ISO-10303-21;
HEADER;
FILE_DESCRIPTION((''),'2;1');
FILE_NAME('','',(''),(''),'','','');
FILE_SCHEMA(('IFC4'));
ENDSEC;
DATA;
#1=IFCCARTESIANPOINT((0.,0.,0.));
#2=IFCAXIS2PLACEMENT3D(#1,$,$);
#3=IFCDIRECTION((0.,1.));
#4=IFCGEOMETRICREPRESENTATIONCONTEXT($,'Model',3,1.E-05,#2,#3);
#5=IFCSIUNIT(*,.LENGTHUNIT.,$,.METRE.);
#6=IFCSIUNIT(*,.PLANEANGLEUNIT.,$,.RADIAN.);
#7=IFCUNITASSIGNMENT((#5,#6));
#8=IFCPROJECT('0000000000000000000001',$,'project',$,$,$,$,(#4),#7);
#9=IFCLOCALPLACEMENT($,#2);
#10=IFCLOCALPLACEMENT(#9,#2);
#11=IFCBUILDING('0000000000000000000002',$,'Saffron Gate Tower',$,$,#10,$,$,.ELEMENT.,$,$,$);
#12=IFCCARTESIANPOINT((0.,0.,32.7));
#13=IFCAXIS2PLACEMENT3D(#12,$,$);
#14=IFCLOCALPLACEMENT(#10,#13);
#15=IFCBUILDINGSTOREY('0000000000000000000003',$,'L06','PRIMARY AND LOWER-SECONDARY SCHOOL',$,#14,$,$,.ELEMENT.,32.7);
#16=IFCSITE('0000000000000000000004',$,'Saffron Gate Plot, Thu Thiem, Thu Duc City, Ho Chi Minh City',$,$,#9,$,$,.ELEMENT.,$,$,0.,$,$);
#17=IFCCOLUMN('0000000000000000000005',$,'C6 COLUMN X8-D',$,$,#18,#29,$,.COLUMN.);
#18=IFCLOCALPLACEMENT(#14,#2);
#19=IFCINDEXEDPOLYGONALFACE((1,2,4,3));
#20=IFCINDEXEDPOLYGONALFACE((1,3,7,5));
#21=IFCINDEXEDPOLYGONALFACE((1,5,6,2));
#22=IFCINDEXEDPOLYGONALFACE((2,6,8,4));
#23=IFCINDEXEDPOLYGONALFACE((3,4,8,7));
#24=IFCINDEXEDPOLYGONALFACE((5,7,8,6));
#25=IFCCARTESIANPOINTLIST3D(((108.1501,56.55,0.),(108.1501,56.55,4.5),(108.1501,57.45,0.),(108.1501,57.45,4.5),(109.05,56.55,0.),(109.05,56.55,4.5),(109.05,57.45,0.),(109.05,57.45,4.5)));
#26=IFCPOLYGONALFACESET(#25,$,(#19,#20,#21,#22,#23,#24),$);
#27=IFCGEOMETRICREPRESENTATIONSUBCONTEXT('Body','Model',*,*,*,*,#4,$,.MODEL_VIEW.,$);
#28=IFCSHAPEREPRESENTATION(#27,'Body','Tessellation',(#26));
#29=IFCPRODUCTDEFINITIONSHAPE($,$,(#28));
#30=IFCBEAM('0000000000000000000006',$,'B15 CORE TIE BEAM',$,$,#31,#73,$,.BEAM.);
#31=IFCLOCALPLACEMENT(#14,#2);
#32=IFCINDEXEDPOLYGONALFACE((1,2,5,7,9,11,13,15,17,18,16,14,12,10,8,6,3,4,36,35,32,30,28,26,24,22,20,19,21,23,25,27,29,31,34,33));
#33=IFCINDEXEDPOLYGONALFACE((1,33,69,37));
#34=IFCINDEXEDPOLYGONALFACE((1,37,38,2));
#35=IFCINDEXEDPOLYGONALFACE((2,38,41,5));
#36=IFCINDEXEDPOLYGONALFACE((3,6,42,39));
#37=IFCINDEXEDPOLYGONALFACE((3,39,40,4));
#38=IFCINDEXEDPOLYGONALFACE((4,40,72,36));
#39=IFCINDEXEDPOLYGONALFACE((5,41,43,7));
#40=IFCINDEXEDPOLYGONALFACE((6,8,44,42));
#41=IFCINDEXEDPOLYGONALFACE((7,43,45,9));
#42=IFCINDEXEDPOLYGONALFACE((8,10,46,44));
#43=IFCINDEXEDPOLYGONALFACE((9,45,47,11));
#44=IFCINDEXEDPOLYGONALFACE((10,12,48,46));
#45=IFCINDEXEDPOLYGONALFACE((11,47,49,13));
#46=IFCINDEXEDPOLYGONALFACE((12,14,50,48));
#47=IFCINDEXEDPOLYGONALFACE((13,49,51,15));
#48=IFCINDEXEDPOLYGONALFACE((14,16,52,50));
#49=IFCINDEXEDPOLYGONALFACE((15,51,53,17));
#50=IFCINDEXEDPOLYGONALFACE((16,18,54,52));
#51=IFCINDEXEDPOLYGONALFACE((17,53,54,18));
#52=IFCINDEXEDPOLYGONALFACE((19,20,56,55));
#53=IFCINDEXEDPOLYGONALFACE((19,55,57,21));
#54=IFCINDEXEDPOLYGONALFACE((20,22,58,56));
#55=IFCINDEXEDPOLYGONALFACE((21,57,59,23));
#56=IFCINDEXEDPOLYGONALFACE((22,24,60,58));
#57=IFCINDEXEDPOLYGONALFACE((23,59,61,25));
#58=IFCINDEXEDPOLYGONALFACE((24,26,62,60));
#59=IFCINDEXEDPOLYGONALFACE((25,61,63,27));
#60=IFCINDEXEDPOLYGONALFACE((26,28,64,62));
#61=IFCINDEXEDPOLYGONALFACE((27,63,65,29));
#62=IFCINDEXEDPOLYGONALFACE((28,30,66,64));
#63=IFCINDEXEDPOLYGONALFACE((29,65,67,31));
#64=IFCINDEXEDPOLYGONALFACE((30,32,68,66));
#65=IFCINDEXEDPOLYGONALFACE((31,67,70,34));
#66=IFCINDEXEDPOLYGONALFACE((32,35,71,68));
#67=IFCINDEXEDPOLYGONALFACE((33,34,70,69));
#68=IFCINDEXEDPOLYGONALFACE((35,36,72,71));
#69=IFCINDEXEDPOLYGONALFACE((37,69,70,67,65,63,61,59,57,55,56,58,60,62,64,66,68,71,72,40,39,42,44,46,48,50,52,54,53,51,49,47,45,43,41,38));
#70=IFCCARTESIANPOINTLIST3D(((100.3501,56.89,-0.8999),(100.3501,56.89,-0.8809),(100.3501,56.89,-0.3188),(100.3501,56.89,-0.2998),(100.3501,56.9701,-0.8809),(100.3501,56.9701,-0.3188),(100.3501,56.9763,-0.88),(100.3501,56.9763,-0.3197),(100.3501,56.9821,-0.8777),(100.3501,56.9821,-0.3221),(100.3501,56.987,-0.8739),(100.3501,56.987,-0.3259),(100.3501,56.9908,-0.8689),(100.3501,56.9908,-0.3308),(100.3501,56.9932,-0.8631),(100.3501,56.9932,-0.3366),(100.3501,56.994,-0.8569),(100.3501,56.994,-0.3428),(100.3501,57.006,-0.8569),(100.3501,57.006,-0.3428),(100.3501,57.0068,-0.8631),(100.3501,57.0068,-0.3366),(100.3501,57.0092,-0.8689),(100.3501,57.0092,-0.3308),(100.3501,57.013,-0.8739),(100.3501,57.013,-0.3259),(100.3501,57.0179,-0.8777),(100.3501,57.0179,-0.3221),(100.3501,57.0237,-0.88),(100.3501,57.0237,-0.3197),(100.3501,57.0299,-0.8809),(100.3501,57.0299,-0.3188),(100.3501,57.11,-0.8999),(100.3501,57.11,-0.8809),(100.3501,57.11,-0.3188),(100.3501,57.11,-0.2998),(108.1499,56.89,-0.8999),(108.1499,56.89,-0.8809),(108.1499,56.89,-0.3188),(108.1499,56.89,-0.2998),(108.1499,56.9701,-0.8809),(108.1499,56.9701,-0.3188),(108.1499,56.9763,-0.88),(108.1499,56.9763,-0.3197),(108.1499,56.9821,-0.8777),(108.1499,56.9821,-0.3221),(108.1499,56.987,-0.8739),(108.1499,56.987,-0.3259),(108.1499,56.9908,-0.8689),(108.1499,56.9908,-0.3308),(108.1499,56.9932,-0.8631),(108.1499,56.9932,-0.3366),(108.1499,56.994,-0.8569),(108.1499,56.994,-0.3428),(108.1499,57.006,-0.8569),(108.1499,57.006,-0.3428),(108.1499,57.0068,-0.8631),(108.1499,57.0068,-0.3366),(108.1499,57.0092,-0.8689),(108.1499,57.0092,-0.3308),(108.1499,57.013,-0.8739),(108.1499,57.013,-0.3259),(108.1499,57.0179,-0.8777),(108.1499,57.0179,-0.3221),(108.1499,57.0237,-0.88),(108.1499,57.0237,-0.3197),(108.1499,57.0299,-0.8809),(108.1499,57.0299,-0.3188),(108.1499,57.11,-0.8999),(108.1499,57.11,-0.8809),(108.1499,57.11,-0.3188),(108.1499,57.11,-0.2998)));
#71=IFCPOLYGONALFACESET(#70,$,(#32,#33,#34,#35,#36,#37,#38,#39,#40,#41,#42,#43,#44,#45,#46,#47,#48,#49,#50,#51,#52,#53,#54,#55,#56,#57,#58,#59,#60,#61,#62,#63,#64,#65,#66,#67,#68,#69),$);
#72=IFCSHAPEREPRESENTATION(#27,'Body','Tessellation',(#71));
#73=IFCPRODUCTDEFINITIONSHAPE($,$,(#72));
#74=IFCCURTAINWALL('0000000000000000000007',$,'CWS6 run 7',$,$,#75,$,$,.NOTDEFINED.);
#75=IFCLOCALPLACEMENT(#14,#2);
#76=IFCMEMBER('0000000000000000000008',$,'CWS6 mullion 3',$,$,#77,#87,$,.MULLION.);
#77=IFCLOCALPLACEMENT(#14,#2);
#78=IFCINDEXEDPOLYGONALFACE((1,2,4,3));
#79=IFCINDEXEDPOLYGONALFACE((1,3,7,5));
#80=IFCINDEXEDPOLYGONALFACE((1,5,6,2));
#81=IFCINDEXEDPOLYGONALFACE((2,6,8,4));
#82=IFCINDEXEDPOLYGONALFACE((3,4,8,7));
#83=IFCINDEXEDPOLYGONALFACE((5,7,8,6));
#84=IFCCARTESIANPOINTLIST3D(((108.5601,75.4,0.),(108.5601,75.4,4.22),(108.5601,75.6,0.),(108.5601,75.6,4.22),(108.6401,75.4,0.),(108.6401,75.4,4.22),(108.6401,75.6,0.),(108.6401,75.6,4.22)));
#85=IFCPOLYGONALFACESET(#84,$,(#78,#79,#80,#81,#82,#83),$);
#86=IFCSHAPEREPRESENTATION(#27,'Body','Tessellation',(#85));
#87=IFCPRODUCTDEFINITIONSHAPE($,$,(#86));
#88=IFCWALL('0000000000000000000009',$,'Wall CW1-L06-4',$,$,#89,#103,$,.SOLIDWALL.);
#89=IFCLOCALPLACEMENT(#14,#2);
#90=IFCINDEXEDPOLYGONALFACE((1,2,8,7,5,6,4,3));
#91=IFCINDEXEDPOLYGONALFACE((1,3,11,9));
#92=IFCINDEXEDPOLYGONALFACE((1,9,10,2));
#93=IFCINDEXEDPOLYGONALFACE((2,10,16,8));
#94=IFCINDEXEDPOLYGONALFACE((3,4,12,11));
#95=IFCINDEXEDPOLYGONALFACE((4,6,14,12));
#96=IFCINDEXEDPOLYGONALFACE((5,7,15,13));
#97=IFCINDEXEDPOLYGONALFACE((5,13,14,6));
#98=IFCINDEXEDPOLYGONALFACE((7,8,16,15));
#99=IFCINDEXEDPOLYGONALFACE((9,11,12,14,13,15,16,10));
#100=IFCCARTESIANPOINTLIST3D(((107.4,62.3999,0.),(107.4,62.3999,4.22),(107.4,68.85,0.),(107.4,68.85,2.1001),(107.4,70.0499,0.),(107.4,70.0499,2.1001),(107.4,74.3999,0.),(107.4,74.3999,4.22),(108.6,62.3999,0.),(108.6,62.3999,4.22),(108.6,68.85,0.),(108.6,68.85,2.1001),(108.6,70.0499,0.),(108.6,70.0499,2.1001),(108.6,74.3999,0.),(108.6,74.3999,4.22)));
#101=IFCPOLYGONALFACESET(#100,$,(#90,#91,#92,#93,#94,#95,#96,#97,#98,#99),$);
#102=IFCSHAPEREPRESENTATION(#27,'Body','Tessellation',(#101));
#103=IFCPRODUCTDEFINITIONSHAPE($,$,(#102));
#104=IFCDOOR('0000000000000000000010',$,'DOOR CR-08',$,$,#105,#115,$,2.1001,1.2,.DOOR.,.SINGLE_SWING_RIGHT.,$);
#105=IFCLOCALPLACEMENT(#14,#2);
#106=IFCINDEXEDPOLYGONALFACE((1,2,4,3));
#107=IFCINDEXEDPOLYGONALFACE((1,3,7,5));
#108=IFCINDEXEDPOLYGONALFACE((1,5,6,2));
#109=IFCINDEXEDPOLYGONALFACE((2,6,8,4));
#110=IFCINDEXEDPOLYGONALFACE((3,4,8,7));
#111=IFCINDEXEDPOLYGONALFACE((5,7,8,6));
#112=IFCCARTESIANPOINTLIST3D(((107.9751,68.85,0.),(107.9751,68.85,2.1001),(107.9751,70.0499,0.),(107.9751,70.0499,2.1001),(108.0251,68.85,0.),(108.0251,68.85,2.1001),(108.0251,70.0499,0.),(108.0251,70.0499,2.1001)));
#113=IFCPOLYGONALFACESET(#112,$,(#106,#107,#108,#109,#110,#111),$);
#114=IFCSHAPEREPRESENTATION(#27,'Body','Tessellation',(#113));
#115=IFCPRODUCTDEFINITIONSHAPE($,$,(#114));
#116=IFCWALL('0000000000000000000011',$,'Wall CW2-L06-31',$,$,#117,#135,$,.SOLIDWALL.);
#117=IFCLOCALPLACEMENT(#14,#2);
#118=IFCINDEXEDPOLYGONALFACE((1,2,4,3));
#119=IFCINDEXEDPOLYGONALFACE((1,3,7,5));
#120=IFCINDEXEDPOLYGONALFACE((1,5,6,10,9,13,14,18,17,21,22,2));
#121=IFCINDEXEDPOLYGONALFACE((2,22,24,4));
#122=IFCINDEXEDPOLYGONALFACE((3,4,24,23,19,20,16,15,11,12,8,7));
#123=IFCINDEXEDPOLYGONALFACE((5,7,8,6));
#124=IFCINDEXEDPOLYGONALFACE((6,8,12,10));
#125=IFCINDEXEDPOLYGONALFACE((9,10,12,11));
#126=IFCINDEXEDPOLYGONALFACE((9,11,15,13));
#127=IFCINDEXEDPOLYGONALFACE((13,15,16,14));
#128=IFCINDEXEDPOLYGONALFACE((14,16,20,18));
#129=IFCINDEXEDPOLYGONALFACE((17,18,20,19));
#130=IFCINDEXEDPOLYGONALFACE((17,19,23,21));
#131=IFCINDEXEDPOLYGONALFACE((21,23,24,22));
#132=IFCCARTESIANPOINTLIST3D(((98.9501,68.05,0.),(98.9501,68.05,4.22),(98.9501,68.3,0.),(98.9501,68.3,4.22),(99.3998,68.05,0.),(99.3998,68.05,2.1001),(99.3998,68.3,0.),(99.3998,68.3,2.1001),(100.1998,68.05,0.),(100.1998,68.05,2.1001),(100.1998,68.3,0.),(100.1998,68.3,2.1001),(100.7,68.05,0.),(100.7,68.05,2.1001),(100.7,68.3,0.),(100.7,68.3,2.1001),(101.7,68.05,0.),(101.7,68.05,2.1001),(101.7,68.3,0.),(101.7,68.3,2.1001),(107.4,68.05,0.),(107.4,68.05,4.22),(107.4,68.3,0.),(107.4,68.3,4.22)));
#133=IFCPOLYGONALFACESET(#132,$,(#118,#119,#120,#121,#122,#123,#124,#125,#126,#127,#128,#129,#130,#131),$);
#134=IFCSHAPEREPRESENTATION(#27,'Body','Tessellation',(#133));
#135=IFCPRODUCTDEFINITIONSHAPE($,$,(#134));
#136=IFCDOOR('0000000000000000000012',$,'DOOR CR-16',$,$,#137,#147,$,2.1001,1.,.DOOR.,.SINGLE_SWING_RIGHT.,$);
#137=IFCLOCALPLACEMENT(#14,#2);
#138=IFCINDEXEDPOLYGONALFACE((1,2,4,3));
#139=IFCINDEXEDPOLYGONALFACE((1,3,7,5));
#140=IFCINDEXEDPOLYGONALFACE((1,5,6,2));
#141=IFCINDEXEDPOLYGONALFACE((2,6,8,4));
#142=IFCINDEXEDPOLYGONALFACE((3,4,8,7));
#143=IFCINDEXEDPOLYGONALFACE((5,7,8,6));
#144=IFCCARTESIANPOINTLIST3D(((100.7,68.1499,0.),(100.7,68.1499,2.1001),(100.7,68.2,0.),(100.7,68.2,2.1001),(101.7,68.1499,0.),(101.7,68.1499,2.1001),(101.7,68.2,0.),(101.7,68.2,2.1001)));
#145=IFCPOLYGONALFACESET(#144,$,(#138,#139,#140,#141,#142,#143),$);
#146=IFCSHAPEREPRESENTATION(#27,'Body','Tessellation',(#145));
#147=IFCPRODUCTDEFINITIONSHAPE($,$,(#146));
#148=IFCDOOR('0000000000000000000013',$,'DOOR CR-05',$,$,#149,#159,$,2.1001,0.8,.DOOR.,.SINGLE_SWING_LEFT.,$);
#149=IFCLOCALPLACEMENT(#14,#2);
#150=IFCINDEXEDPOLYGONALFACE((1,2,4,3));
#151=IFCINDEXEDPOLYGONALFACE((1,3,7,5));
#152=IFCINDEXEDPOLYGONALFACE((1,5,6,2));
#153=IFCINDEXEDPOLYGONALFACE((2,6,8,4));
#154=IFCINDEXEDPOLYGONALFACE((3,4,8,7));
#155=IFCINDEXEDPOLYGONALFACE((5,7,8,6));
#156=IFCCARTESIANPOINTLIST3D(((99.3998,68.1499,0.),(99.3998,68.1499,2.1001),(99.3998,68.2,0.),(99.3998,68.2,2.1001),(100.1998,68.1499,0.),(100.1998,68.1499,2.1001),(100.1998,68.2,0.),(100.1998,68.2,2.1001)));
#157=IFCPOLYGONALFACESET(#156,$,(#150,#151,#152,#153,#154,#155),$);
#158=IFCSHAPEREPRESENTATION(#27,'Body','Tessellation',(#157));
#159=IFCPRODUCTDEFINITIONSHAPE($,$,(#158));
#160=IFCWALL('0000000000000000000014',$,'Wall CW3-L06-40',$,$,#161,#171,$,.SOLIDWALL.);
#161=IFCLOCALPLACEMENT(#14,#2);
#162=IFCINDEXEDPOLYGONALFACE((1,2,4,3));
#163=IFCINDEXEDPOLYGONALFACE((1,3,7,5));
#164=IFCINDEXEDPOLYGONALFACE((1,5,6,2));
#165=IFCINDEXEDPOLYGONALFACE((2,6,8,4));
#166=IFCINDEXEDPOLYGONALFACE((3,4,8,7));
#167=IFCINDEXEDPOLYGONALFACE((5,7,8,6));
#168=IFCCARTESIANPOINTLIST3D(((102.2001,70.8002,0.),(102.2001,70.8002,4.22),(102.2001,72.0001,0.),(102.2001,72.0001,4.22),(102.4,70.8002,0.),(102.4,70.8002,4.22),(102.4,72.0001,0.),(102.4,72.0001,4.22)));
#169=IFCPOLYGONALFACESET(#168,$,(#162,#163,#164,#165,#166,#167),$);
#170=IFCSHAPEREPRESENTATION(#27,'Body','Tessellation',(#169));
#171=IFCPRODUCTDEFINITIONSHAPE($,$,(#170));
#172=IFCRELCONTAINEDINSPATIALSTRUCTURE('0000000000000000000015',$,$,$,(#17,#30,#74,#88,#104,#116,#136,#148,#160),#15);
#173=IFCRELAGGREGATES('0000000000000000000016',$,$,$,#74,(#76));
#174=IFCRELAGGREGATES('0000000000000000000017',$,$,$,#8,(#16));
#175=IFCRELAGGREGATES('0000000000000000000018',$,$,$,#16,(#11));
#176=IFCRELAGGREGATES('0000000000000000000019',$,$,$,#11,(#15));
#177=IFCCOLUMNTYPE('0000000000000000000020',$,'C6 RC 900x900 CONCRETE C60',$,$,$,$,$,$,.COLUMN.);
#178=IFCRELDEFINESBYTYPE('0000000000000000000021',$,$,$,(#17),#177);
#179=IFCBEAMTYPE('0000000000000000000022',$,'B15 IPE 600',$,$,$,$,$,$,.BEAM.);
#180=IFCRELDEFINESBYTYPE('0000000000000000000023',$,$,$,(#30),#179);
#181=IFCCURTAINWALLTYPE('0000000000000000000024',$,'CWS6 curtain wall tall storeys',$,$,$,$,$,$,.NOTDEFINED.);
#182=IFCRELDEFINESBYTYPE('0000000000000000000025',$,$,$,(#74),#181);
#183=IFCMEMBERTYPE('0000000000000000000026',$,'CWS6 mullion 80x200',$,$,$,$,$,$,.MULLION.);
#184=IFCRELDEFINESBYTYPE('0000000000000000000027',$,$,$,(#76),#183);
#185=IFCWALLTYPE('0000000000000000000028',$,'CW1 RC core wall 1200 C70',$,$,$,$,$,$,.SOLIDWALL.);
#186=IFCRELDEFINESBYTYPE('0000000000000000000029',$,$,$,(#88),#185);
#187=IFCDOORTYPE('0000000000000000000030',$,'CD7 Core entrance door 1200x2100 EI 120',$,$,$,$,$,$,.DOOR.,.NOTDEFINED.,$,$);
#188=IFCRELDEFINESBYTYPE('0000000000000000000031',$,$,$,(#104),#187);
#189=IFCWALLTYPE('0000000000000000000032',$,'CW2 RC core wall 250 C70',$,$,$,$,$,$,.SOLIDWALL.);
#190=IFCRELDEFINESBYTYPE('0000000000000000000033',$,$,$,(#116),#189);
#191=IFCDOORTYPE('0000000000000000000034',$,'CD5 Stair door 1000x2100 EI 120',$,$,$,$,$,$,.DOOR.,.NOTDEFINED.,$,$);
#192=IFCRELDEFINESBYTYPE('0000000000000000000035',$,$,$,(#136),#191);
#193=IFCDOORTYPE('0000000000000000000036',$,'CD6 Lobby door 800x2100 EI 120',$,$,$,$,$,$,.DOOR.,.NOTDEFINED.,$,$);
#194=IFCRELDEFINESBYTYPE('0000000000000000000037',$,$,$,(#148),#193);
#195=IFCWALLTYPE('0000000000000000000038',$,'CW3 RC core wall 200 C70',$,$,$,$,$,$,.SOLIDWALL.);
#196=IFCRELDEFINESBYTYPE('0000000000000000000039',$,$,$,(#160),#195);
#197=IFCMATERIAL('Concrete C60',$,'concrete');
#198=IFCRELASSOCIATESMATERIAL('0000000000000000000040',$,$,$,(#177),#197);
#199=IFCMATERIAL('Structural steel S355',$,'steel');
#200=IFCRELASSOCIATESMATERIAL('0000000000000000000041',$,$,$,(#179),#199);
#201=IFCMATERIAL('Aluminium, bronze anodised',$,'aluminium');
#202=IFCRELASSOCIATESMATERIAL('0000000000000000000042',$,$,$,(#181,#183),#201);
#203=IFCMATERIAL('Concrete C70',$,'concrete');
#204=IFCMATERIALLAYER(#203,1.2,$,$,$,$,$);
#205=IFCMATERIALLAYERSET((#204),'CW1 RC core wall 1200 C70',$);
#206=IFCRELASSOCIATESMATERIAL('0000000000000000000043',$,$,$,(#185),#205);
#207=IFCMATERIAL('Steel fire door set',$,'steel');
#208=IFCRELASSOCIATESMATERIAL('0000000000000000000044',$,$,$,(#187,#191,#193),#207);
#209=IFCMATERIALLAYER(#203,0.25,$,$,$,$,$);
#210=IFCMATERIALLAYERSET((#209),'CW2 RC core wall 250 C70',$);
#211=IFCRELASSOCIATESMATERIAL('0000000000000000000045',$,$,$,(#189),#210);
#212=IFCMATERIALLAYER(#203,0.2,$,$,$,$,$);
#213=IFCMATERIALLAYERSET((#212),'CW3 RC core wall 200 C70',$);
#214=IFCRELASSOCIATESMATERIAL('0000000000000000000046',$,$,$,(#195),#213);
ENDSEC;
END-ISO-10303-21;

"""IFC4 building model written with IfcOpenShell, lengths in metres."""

from ifc_helpers import new_model, si_unit, direction, frame, frame_2d, origin, origin_2d, place, context, subcontext, project, spatial, rectangle, i_section, extrude, material, layer, layer_set, material_profile, profile_set, type_object, element, fill, aggregate, save


model = new_model("IFC4")

# Units and contexts
model_context = context("Model", 3, precision=1e-05, world=origin(), true_north=direction((0.0, 1.0)))
body_context = subcontext(model_context, "Body", "Model", "MODEL_VIEW")
ifc_project = project(units=[si_unit("LENGTHUNIT", "METRE"), si_unit("PLANEANGLEUNIT", "RADIAN")], contexts=[model_context])

# Site, building, storey
site_placement = place(None, origin())
site = spatial("IfcSite", under=ifc_project, at=site_placement, Name="Saffron Gate Plot, Thu Thiem, Thu Duc City, Ho Chi Minh City", CompositionType="ELEMENT", RefElevation=0.0)
building_placement = place(site_placement, origin())
building = spatial("IfcBuilding", under=site, at=building_placement, Name="Saffron Gate Tower", CompositionType="ELEMENT")
storey_placement = place(building_placement, frame((0.0, 0.0, 32.7)))
storey = spatial("IfcBuildingStorey", under=building, at=storey_placement, Name="L06", Description="PRIMARY AND LOWER-SECONDARY SCHOOL", CompositionType="ELEMENT", Elevation=32.7)

# Column
ifc_material_1 = material(Name="Concrete C60", Category="concrete")
ifc_material_profile_1 = material_profile(ifc_material_1, rectangle(XDim=0.8999, YDim=0.8999, at=origin_2d()))
ifc_profile_set_1 = profile_set([ifc_material_profile_1], Name="Concrete C60")
column_type = type_object("IfcColumnType", Name="C6 RC 900x900 CONCRETE C60", PredefinedType="COLUMN", material=ifc_profile_set_1)
column_placement = place(storey_placement, frame((108.6001, 57.0, 0.0), z_axis=(0.0, 0.0, 1.0), x_axis=(1.0, 0.0, 0.0)))
element("IfcColumn", 1, at=column_placement, inside=storey, type_object=column_type, Name="C6 COLUMN X8-D", PredefinedType="COLUMN", context=body_context, shape_type="SweptSolid", body=[
    extrude(rectangle(XDim=0.8999, YDim=0.8999, at=origin_2d()), origin(), (0.0, 0.0, 1.0), 4.5),
])

# Beam
ifc_material_2 = material(Name="Structural steel S355", Category="steel")
ifc_material_profile_2 = material_profile(ifc_material_2, i_section(OverallWidth=0.22, OverallDepth=0.6001, WebThickness=0.012, FlangeThickness=0.019, FilletRadius=0.0239, at=origin_2d()))
ifc_profile_set_2 = profile_set([ifc_material_profile_2], Name="Structural steel S355")
beam_type = type_object("IfcBeamType", Name="B15 IPE 600", PredefinedType="BEAM", material=ifc_profile_set_2)
beam_placement = place(storey_placement, frame((108.1499, 57.0, -0.5999), z_axis=(-1.0, 0.0, 0.0), x_axis=(0.0, -1.0, 0.0)))
element("IfcBeam", 2, at=beam_placement, inside=storey, type_object=beam_type, Name="B15 CORE TIE BEAM", PredefinedType="BEAM", context=body_context, shape_type="SweptSolid", body=[
    extrude(i_section(OverallWidth=0.22, OverallDepth=0.6001, WebThickness=0.012, FlangeThickness=0.019, FilletRadius=0.0239, at=origin_2d()), origin(), (0.0, 0.0, 1.0), 7.7998),
])

# Curtain wall, member
ifc_material_3 = material(Name="Aluminium, bronze anodised", Category="aluminium")
curtain_wall_type = type_object("IfcCurtainWallType", Name="CWS6 curtain wall tall storeys", PredefinedType="NOTDEFINED", material=ifc_material_3)
curtain_wall_placement = place(storey_placement, origin())
curtain_wall = element("IfcCurtainWall", 3, at=curtain_wall_placement, inside=storey, type_object=curtain_wall_type, Name="CWS6 run 7", PredefinedType="NOTDEFINED")
ifc_material_profile_3 = material_profile(ifc_material_3, rectangle(XDim=0.2, YDim=0.0801, at=origin_2d()))
ifc_profile_set_3 = profile_set([ifc_material_profile_3], Name="Aluminium, bronze anodised")
member_type = type_object("IfcMemberType", Name="CWS6 mullion 80x200", PredefinedType="MULLION", material=ifc_profile_set_3)
member_placement = place(storey_placement, frame((108.6001, 75.5, 0.0), z_axis=(0.0, 0.0, 1.0), x_axis=(0.0, -1.0, 0.0)))
member = element("IfcMember", 4, at=member_placement, type_object=member_type, Name="CWS6 mullion 3", PredefinedType="MULLION", context=body_context, shape_type="SweptSolid", body=[
    extrude(rectangle(XDim=0.2, YDim=0.0801, at=origin_2d()), origin(), (0.0, 0.0, 1.0), 4.22),
])
aggregate(curtain_wall, [member])

# Wall, opening, door
ifc_material_4 = material(Name="Concrete C70", Category="concrete")
ifc_layer_1 = layer(ifc_material_4, 1.2)
ifc_layer_set_1 = layer_set([ifc_layer_1], Name="CW1 RC core wall 1200 C70")
wall_type_1 = type_object("IfcWallType", Name="CW1 RC core wall 1200 C70", PredefinedType="SOLIDWALL", material=ifc_layer_set_1)
wall_1_placement = place(storey_placement, frame((108.0, 62.3999, 0.0), z_axis=(0.0, 0.0, 1.0), x_axis=(0.0, 1.0, 0.0)))
wall_1 = element("IfcWall", 5, at=wall_1_placement, inside=storey, type_object=wall_type_1, Name="Wall CW1-L06-4", PredefinedType="SOLIDWALL", context=body_context, shape_type="SweptSolid", body=[
    extrude(rectangle(XDim=12.0, YDim=1.2, at=frame_2d((6.0, 0.0))), origin(), (0.0, 0.0, 1.0), 4.22),
])
opening_1_placement = place(wall_1_placement, frame((6.45, 0.0, 0.0)))
opening_1 = element("IfcOpeningElement", 6, at=opening_1_placement, cuts=wall_1, PredefinedType="OPENING", context=body_context, shape_type="SweptSolid", body=[
    extrude(rectangle(XDim=1.2, YDim=2.1001, at=frame_2d((0.6001, 1.05))), frame((0.0, 0.6099, 0.0), z_axis=(0.0, -1.0, 0.0), x_axis=(1.0, 0.0, 0.0)), (0.0, 0.0, 1.0), 1.22),
])
ifc_material_5 = material(Name="Steel fire door set", Category="steel")
door_type_1 = type_object("IfcDoorType", Name="CD7 Core entrance door 1200x2100 EI 120", OperationType="NOTDEFINED", PredefinedType="DOOR", material=ifc_material_5)
door_1_placement = place(opening_1_placement, origin())
door_1 = element("IfcDoor", 7, at=door_1_placement, inside=storey, type_object=door_type_1, Name="DOOR CR-08", OperationType="SINGLE_SWING_RIGHT", OverallHeight=2.1001, OverallWidth=1.2, PredefinedType="DOOR", context=body_context, shape_type="SweptSolid", body=[
    extrude(rectangle(XDim=1.2, YDim=2.1001, at=frame_2d((0.6001, 1.05))), frame((0.0, 0.0249, 0.0), z_axis=(0.0, -1.0, 0.0), x_axis=(1.0, 0.0, 0.0)), (0.0, 0.0, 1.0), 0.05),
])
fill(opening_1, door_1)

# Wall, openings, doors
ifc_layer_2 = layer(ifc_material_4, 0.25)
ifc_layer_set_2 = layer_set([ifc_layer_2], Name="CW2 RC core wall 250 C70")
wall_type_2 = type_object("IfcWallType", Name="CW2 RC core wall 250 C70", PredefinedType="SOLIDWALL", material=ifc_layer_set_2)
wall_2_placement = place(storey_placement, frame((98.95, 68.175, 0.0), z_axis=(0.0, 0.0, 1.0), x_axis=(1.0, 0.0, 0.0)))
wall_2 = element("IfcWall", 8, at=wall_2_placement, inside=storey, type_object=wall_type_2, Name="Wall CW2-L06-31", PredefinedType="SOLIDWALL", context=body_context, shape_type="SweptSolid", body=[
    extrude(rectangle(XDim=8.45, YDim=0.25, at=frame_2d((4.2251, 0.0))), origin(), (0.0, 0.0, 1.0), 4.22),
])
opening_2_placement = place(wall_2_placement, frame((0.45, 0.0, 0.0)))
opening_2 = element("IfcOpeningElement", 9, at=opening_2_placement, cuts=wall_2, PredefinedType="OPENING", context=body_context, shape_type="SweptSolid", body=[
    extrude(rectangle(XDim=0.8, YDim=2.1001, at=frame_2d((0.3999, 1.05))), frame((0.0, 0.135, 0.0), z_axis=(0.0, -1.0, 0.0), x_axis=(1.0, 0.0, 0.0)), (0.0, 0.0, 1.0), 0.27),
])
opening_3_placement = place(wall_2_placement, frame((1.75, 0.0, 0.0)))
opening_3 = element("IfcOpeningElement", 10, at=opening_3_placement, cuts=wall_2, PredefinedType="OPENING", context=body_context, shape_type="SweptSolid", body=[
    extrude(rectangle(XDim=1.0, YDim=2.1001, at=frame_2d((0.5, 1.05))), frame((0.0, 0.135, 0.0), z_axis=(0.0, -1.0, 0.0), x_axis=(1.0, 0.0, 0.0)), (0.0, 0.0, 1.0), 0.27),
])
door_type_2 = type_object("IfcDoorType", Name="CD5 Stair door 1000x2100 EI 120", OperationType="NOTDEFINED", PredefinedType="DOOR", material=ifc_material_5)
door_2_placement = place(opening_3_placement, origin())
door_2 = element("IfcDoor", 11, at=door_2_placement, inside=storey, type_object=door_type_2, Name="DOOR CR-16", OperationType="SINGLE_SWING_RIGHT", OverallHeight=2.1001, OverallWidth=1.0, PredefinedType="DOOR", context=body_context, shape_type="SweptSolid", body=[
    extrude(rectangle(XDim=1.0, YDim=2.1001, at=frame_2d((0.5, 1.05))), frame((0.0, 0.0249, 0.0), z_axis=(0.0, -1.0, 0.0), x_axis=(1.0, 0.0, 0.0)), (0.0, 0.0, 1.0), 0.05),
])
fill(opening_3, door_2)
door_type_3 = type_object("IfcDoorType", Name="CD6 Lobby door 800x2100 EI 120", OperationType="NOTDEFINED", PredefinedType="DOOR", material=ifc_material_5)
door_3_placement = place(opening_2_placement, origin())
door_3 = element("IfcDoor", 12, at=door_3_placement, inside=storey, type_object=door_type_3, Name="DOOR CR-05", OperationType="SINGLE_SWING_LEFT", OverallHeight=2.1001, OverallWidth=0.8, PredefinedType="DOOR", context=body_context, shape_type="SweptSolid", body=[
    extrude(rectangle(XDim=0.8, YDim=2.1001, at=frame_2d((0.3999, 1.05))), frame((0.0, 0.0249, 0.0), z_axis=(0.0, -1.0, 0.0), x_axis=(1.0, 0.0, 0.0)), (0.0, 0.0, 1.0), 0.05),
])
fill(opening_2, door_3)

# Wall
ifc_layer_3 = layer(ifc_material_4, 0.2)
ifc_layer_set_3 = layer_set([ifc_layer_3], Name="CW3 RC core wall 200 C70")
wall_type_3 = type_object("IfcWallType", Name="CW3 RC core wall 200 C70", PredefinedType="SOLIDWALL", material=ifc_layer_set_3)
wall_3_placement = place(storey_placement, frame((102.3, 70.8, 0.0), z_axis=(0.0, 0.0, 1.0), x_axis=(0.0, 1.0, 0.0)))
element("IfcWall", 13, at=wall_3_placement, inside=storey, type_object=wall_type_3, Name="Wall CW3-L06-40", PredefinedType="SOLIDWALL", context=body_context, shape_type="SweptSolid", body=[
    extrude(rectangle(XDim=1.2, YDim=0.2, at=frame_2d((0.6001, 0.0))), origin(), (0.0, 0.0, 1.0), 4.22),
])

save(model, "model.ifc")
